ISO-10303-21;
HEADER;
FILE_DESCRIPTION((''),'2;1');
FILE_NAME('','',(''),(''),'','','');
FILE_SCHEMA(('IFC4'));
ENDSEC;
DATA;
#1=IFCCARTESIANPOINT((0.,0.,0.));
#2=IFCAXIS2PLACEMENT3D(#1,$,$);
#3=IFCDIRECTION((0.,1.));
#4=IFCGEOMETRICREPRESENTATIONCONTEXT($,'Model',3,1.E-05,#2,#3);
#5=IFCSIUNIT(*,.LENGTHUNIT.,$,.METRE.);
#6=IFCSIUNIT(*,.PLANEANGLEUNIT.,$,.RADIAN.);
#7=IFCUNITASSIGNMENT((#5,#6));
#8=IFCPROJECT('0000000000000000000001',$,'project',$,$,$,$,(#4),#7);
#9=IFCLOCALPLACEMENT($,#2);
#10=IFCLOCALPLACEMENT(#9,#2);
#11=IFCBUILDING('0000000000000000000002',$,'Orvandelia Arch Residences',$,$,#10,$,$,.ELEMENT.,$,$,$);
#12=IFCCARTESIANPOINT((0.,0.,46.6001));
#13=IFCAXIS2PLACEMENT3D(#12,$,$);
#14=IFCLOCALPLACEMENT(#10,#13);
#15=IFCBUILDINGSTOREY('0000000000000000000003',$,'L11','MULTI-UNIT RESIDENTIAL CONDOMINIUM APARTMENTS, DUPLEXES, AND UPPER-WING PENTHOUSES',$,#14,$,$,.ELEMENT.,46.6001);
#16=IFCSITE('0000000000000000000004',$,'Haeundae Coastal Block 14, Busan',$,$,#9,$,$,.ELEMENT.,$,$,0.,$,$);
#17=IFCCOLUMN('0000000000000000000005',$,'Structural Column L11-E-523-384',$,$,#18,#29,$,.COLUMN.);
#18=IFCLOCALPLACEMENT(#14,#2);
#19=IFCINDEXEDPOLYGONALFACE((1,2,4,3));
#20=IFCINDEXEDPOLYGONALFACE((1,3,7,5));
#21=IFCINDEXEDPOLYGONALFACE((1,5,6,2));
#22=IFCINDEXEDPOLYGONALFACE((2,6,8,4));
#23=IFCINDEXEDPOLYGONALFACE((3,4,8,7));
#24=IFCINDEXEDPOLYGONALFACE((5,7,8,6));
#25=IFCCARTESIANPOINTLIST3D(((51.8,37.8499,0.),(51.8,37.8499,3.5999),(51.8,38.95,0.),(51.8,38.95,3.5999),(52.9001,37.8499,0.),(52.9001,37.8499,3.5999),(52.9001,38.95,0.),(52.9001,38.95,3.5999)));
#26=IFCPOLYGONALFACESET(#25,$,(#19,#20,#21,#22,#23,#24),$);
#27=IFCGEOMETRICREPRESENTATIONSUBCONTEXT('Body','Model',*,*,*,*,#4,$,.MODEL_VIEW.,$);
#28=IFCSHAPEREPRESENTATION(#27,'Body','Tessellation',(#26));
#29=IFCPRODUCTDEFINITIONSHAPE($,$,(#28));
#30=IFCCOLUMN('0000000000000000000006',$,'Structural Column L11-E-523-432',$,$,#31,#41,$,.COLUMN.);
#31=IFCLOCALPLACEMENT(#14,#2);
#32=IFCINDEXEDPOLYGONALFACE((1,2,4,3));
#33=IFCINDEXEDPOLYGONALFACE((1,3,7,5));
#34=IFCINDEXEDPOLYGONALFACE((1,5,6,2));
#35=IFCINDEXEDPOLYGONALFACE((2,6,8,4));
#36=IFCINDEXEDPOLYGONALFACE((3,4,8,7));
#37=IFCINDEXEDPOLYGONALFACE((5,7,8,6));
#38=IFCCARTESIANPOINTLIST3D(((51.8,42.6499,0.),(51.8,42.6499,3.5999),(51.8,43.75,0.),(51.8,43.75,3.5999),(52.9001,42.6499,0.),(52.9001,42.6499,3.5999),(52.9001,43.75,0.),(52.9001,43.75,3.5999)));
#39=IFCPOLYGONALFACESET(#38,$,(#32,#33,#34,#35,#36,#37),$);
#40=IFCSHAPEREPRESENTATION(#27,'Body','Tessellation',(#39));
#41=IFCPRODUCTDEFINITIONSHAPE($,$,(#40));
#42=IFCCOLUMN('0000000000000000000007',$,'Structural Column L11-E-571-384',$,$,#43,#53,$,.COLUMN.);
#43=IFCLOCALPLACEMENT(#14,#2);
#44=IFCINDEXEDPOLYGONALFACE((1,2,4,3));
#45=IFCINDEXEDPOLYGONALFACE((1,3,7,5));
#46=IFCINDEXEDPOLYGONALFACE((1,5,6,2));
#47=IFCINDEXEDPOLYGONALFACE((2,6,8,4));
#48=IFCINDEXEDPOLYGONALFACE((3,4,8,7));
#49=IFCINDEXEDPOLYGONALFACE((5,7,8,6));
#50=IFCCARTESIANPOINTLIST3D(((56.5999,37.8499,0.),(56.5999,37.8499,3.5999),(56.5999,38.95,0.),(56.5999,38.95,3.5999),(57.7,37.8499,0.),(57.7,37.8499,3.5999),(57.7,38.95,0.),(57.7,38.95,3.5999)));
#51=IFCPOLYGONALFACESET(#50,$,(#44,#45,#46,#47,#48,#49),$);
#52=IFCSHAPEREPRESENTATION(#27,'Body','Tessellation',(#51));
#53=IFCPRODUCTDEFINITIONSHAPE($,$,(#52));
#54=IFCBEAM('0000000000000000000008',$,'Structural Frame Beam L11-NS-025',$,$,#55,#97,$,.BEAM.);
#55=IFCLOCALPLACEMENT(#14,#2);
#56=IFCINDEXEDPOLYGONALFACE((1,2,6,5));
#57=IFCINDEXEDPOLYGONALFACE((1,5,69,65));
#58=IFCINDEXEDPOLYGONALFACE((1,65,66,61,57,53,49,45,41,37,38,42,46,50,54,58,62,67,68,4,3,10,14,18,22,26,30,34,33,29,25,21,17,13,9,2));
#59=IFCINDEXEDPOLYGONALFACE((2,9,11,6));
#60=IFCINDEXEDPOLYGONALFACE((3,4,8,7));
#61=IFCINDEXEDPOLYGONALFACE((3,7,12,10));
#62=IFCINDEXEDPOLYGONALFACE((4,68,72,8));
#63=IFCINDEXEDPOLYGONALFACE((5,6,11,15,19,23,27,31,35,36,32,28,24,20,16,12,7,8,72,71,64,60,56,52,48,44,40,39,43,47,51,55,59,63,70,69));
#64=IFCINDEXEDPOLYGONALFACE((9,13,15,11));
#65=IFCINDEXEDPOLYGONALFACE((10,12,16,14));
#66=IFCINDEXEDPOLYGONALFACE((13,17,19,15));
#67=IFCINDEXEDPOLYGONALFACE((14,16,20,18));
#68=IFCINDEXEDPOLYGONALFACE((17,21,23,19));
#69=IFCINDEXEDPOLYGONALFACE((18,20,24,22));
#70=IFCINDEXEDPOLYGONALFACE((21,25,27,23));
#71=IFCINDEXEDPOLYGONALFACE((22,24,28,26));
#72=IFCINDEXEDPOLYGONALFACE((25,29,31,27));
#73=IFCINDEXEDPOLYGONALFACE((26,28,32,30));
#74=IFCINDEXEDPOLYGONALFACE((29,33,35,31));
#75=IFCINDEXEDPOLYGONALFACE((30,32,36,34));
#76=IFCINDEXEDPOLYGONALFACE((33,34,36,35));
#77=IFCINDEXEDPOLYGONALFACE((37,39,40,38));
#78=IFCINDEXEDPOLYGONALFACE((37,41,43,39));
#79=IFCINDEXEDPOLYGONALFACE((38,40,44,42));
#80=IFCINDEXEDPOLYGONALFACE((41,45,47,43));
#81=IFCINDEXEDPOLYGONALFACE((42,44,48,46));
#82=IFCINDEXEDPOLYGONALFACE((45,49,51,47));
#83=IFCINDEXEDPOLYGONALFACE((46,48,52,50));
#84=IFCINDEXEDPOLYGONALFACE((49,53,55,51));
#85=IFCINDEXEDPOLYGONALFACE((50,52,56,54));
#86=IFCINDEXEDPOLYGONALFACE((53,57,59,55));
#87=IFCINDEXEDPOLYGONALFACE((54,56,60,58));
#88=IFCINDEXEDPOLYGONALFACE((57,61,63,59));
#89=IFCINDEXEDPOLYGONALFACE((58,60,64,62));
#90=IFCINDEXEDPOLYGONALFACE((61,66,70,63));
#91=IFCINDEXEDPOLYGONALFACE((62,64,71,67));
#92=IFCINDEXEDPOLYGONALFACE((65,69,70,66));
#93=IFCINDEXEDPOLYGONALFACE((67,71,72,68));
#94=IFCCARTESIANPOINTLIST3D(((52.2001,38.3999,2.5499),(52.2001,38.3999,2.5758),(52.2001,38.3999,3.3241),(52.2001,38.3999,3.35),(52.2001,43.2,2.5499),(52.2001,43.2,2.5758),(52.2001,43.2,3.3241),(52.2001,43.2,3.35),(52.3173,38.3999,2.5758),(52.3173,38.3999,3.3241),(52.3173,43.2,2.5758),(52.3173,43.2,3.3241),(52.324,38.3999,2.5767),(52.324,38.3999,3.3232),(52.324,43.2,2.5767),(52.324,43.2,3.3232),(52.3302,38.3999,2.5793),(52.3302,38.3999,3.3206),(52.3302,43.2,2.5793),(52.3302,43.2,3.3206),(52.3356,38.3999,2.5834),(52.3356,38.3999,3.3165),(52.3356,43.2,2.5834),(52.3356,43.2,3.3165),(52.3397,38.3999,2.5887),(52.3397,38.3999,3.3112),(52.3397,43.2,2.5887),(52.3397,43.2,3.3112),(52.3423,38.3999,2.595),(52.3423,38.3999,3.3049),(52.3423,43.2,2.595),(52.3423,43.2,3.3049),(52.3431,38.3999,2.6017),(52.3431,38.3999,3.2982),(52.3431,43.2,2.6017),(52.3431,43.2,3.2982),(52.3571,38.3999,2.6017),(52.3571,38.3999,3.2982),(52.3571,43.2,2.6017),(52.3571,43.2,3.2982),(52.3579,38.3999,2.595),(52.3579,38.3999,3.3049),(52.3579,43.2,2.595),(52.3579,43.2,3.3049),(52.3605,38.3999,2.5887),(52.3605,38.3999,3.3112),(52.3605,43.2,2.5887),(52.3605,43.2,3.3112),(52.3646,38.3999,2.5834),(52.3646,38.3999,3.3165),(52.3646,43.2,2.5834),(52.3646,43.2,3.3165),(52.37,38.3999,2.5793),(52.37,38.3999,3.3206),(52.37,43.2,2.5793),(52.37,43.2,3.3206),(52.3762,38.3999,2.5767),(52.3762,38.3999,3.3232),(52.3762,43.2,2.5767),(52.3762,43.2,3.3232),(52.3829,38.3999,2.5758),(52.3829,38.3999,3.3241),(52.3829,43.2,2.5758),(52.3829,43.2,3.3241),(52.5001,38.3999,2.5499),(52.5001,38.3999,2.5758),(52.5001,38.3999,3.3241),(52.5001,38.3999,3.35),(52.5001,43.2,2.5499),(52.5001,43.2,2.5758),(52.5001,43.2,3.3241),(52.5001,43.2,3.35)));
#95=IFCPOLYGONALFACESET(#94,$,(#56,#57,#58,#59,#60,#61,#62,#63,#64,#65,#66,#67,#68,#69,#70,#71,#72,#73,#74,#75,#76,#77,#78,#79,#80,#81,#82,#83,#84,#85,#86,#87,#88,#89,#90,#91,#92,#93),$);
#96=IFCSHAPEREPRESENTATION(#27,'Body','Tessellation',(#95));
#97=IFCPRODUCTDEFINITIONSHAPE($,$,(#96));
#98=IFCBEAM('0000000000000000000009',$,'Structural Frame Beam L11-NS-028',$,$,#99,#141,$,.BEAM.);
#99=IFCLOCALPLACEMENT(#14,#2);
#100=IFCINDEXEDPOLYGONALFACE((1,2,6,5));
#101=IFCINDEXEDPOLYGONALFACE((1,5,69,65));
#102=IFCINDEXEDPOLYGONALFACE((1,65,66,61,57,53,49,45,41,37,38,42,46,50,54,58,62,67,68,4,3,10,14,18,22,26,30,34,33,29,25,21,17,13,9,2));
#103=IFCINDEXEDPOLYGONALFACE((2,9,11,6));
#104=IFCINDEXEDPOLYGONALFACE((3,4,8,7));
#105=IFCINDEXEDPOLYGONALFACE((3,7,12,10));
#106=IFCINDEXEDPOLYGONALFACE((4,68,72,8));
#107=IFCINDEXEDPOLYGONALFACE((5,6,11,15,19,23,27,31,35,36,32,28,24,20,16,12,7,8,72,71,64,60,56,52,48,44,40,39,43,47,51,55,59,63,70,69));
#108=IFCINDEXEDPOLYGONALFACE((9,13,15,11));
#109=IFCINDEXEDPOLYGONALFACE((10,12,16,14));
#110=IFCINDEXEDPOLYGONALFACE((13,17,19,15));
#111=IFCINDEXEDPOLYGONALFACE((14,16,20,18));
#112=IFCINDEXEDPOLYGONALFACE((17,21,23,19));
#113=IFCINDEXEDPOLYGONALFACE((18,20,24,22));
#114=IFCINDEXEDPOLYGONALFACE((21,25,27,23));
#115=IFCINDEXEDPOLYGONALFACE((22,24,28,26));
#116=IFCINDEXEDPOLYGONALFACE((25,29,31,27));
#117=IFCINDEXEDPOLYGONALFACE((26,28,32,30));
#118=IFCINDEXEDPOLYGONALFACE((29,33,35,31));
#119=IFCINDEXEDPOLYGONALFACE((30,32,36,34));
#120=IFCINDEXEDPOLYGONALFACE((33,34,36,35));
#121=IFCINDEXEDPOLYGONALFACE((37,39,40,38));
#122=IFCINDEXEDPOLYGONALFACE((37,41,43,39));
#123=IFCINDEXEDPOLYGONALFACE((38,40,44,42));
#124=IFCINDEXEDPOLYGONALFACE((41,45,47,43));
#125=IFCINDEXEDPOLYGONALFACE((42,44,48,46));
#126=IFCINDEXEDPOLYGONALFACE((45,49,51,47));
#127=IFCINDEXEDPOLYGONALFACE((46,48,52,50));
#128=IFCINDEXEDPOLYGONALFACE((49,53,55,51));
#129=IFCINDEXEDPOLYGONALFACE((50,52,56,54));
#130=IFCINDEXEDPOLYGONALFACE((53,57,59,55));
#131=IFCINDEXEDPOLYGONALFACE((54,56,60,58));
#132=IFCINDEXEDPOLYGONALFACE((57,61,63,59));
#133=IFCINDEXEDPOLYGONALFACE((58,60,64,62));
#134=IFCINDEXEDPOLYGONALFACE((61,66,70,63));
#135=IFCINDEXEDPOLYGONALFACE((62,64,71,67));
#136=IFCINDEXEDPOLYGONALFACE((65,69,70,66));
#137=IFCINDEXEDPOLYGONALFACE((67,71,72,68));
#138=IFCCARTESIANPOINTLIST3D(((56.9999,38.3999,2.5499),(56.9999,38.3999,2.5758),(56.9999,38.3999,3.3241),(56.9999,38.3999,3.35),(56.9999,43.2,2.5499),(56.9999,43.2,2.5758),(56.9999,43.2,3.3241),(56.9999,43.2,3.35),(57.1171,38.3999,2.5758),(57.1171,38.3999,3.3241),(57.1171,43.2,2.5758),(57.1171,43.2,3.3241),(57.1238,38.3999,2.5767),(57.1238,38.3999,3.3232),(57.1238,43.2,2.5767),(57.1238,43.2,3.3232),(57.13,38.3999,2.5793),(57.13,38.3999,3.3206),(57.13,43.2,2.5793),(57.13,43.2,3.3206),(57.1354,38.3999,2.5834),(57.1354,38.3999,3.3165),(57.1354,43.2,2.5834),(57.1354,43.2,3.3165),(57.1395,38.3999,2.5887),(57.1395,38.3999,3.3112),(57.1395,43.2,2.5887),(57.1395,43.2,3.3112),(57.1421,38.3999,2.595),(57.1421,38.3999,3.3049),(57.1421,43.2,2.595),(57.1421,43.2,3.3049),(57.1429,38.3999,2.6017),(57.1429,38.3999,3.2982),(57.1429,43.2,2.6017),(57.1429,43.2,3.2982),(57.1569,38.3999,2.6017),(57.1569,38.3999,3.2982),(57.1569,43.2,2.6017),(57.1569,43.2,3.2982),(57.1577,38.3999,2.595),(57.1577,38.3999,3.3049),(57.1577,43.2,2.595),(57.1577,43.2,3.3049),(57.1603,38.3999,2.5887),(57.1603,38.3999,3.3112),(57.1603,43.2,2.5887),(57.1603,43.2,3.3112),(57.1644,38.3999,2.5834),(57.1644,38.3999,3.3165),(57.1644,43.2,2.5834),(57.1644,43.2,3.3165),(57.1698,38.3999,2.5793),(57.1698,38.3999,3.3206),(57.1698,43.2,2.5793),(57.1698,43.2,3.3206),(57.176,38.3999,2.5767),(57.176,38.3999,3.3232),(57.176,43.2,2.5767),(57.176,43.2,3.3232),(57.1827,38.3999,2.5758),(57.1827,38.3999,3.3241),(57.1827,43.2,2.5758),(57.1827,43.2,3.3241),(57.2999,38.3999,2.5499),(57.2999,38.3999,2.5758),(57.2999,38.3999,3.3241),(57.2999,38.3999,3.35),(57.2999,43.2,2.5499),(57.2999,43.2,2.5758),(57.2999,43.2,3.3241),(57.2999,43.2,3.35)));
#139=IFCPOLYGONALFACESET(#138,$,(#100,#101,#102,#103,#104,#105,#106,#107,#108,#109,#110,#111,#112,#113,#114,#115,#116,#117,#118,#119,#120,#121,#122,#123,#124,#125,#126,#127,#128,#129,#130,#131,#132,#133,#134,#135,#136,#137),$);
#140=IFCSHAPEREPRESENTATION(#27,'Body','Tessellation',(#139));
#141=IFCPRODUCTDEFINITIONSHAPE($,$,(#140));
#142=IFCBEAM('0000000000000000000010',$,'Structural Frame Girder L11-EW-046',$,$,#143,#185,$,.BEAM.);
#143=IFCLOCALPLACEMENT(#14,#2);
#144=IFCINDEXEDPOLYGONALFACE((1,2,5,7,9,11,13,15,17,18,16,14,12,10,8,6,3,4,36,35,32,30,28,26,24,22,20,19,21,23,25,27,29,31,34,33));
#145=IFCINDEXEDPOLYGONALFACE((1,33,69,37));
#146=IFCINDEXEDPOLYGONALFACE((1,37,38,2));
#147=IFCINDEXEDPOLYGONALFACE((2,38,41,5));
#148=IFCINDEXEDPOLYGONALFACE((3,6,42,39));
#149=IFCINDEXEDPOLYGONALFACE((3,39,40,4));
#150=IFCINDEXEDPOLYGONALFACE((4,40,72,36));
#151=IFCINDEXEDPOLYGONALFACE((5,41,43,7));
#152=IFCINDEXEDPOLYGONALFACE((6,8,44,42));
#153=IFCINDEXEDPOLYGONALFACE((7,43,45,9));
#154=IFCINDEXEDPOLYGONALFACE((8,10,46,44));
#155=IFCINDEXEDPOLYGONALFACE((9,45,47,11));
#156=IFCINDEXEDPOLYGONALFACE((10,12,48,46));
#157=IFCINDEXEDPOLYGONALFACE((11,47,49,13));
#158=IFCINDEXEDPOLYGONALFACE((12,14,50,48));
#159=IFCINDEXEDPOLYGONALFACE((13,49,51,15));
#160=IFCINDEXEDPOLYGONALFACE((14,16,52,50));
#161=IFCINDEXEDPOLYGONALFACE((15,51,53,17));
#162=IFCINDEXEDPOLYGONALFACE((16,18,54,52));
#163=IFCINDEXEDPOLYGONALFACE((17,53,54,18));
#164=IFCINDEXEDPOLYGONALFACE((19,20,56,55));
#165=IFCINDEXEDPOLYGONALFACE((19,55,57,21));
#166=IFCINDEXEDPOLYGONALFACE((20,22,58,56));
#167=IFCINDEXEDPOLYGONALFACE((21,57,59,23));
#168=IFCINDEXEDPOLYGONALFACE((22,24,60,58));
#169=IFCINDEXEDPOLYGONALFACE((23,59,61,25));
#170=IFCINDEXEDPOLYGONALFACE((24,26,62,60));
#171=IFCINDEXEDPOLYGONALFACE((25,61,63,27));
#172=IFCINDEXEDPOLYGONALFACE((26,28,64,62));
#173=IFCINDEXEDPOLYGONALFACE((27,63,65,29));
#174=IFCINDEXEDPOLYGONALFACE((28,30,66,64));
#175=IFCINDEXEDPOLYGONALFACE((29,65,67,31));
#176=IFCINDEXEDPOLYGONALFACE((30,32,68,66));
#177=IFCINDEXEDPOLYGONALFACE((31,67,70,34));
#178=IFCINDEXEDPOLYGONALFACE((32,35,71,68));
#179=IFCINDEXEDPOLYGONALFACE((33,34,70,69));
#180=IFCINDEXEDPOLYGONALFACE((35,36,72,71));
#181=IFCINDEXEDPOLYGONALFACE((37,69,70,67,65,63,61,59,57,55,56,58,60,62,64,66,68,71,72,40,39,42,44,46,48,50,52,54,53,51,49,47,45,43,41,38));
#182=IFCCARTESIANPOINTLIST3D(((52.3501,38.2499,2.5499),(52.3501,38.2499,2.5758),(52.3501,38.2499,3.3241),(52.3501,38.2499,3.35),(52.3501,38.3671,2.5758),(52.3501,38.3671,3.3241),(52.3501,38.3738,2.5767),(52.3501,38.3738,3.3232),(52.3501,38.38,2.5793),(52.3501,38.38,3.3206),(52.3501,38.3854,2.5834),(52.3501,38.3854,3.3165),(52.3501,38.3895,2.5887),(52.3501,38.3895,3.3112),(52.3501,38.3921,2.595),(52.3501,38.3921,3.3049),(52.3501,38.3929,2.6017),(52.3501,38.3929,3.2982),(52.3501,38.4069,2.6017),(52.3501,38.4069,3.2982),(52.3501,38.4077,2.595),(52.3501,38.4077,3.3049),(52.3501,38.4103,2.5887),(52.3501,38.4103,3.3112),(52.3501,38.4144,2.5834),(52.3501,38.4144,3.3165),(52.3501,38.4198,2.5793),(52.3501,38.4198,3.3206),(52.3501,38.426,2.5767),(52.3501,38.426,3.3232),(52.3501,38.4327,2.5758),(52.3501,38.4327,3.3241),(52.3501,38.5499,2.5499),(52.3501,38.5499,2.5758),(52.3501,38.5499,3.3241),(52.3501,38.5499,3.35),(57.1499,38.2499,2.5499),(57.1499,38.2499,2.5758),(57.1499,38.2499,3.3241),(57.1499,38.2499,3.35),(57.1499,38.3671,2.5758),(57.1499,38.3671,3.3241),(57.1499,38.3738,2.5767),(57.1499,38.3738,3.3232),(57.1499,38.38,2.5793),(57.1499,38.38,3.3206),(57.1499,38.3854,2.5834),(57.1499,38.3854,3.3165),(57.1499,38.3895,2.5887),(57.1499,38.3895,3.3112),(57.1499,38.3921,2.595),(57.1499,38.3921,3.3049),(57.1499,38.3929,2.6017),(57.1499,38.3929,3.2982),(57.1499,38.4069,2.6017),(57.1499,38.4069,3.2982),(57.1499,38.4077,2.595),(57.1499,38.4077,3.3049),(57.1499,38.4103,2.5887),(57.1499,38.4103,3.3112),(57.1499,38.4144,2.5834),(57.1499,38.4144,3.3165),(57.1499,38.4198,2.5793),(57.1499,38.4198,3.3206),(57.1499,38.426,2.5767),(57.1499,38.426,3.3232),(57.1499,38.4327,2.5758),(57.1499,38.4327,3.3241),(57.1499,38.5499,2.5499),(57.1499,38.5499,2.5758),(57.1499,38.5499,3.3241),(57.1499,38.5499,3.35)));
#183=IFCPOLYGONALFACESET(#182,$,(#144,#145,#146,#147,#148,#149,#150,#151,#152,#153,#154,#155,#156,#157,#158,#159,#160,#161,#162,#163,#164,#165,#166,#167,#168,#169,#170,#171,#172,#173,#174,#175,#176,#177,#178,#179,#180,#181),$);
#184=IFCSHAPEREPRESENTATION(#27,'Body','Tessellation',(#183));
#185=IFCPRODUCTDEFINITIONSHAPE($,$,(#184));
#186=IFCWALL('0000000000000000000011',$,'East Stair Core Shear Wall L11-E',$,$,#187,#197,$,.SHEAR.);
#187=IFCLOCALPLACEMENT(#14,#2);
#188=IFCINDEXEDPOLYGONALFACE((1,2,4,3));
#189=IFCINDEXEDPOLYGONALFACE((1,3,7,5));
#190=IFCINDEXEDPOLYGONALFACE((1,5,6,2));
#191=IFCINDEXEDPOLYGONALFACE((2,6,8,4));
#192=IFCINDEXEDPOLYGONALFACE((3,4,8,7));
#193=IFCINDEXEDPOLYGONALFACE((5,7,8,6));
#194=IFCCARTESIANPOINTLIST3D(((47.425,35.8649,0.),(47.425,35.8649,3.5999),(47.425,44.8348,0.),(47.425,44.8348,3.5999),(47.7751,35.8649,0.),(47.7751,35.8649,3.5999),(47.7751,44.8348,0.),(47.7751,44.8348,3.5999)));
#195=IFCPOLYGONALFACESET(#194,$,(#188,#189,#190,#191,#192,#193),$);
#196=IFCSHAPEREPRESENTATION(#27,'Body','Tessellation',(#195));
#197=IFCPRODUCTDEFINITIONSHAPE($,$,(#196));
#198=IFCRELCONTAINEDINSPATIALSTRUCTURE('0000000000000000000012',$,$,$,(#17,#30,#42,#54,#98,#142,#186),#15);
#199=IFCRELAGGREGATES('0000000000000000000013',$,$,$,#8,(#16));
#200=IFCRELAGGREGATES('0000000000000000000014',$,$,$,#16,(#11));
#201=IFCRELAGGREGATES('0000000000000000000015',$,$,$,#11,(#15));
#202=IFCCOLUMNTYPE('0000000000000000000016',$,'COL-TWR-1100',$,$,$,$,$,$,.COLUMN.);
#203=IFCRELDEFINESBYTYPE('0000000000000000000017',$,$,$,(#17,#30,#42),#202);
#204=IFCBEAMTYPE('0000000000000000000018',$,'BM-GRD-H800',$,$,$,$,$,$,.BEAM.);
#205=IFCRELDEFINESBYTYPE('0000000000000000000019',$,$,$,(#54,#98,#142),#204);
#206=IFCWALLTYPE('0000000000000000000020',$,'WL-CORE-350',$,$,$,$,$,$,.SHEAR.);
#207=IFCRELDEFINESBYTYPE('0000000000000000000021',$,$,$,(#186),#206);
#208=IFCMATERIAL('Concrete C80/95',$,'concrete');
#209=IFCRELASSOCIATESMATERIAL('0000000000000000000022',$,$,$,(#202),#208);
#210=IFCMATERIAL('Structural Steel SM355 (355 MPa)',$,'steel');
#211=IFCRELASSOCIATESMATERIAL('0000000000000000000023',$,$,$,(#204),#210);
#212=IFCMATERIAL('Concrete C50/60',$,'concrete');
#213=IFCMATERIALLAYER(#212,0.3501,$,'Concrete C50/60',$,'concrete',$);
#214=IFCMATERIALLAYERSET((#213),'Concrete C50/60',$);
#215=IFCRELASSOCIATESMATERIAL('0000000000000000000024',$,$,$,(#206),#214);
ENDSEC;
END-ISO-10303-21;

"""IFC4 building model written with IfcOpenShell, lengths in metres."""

from ifc_helpers import new_model, si_unit, direction, frame, frame_2d, origin, origin_2d, place, context, subcontext, project, spatial, rectangle, i_section, extrude, material, layer, layer_set, material_profile, profile_set, type_object, element, save


model = new_model("IFC4")

# Units and contexts
model_context = context("Model", 3, precision=1e-05, world=origin(), true_north=direction((0.0, 1.0)))
body_context = subcontext(model_context, "Body", "Model", "MODEL_VIEW")
ifc_project = project(units=[si_unit("LENGTHUNIT", "METRE"), si_unit("PLANEANGLEUNIT", "RADIAN")], contexts=[model_context])

# Site, building, storey
site_placement = place(None, origin())
site = spatial("IfcSite", under=ifc_project, at=site_placement, Name="Haeundae Coastal Block 14, Busan", CompositionType="ELEMENT", RefElevation=0.0)
building_placement = place(site_placement, origin())
building = spatial("IfcBuilding", under=site, at=building_placement, Name="Orvandelia Arch Residences", CompositionType="ELEMENT")
storey_placement = place(building_placement, frame((0.0, 0.0, 46.6001)))
storey = spatial("IfcBuildingStorey", under=building, at=storey_placement, Name="L11", Description="MULTI-UNIT RESIDENTIAL CONDOMINIUM APARTMENTS, DUPLEXES, AND UPPER-WING PENTHOUSES", CompositionType="ELEMENT", Elevation=46.6001)

# Columns
ifc_material_1 = material(Name="Concrete C80/95", Category="concrete")
ifc_material_profile_1 = material_profile(ifc_material_1, rectangle(XDim=1.1001, YDim=1.1001, at=origin_2d()), Name="Concrete C80/95", Category="concrete")
ifc_profile_set_1 = profile_set([ifc_material_profile_1], Name="Concrete C80/95")
column_type = type_object("IfcColumnType", Name="COL-TWR-1100", PredefinedType="COLUMN", material=ifc_profile_set_1)
for number, where, z_axis, x_axis, name in (
    (1, (52.3501, 38.3999, 0.0), (0.0, 0.0, 1.0), (1.0, 0.0, 0.0), "Structural Column L11-E-523-384"),
    (2, (52.3501, 43.2, 0.0), (0.0, 0.0, 1.0), (1.0, 0.0, 0.0), "Structural Column L11-E-523-432"),
    (3, (57.1499, 38.3999, 0.0), (0.0, 0.0, 1.0), (1.0, 0.0, 0.0), "Structural Column L11-E-571-384"),
):
    element("IfcColumn", number, at=place(storey_placement, frame(where, z_axis=z_axis, x_axis=x_axis)), inside=storey, type_object=column_type, Name=name, PredefinedType="COLUMN", context=body_context, shape_type="SweptSolid", body=[
        extrude(rectangle(XDim=1.1001, YDim=1.1001, at=origin_2d()), origin(), (0.0, 0.0, 1.0), 3.5999),
    ])

# Beams
ifc_material_2 = material(Name="Structural Steel SM355 (355 MPa)", Category="steel")
ifc_material_profile_2 = material_profile(ifc_material_2, i_section(OverallWidth=0.3, OverallDepth=0.8, WebThickness=0.0139, FlangeThickness=0.0259, FilletRadius=0.0259, at=origin_2d()), Name="Structural Steel SM355 (355 MPa)", Category="steel")
ifc_profile_set_2 = profile_set([ifc_material_profile_2], Name="Structural Steel SM355 (355 MPa)")
beam_type = type_object("IfcBeamType", Name="BM-GRD-H800", PredefinedType="BEAM", material=ifc_profile_set_2)
for number, where, z_axis, x_axis, name in (
    (4, (52.3501, 38.3999, 2.95), (0.0, 1.0, 0.0), (-1.0, 0.0, 0.0), "Structural Frame Beam L11-NS-025"),
    (5, (57.1499, 38.3999, 2.95), (0.0, 1.0, 0.0), (-1.0, 0.0, 0.0), "Structural Frame Beam L11-NS-028"),
):
    element("IfcBeam", number, at=place(storey_placement, frame(where, z_axis=z_axis, x_axis=x_axis)), inside=storey, type_object=beam_type, Name=name, PredefinedType="BEAM", context=body_context, shape_type="SweptSolid", body=[
        extrude(i_section(OverallWidth=0.3, OverallDepth=0.8, WebThickness=0.0139, FlangeThickness=0.0259, FilletRadius=0.0259, at=origin_2d()), origin(), (0.0, 0.0, 1.0), 4.8),
    ])
beam_placement = place(storey_placement, frame((52.3501, 38.3999, 2.95), z_axis=(1.0, 0.0, 0.0), x_axis=(0.0, 1.0, 0.0)))
element("IfcBeam", 6, at=beam_placement, inside=storey, type_object=beam_type, Name="Structural Frame Girder L11-EW-046", PredefinedType="BEAM", context=body_context, shape_type="SweptSolid", body=[
    extrude(i_section(OverallWidth=0.3, OverallDepth=0.8, WebThickness=0.0139, FlangeThickness=0.0259, FilletRadius=0.0259, at=origin_2d()), origin(), (0.0, 0.0, 1.0), 4.7998),
])

# Wall
ifc_material_3 = material(Name="Concrete C50/60", Category="concrete")
ifc_layer_1 = layer(ifc_material_3, 0.3501, Name="Concrete C50/60", Category="concrete")
ifc_layer_set_1 = layer_set([ifc_layer_1], Name="Concrete C50/60")
wall_type_1 = type_object("IfcWallType", Name="WL-CORE-350", PredefinedType="SHEAR", material=ifc_layer_set_1)
wall_1_placement = place(storey_placement, frame((47.6001, 35.865, 0.0), z_axis=(0.0, 0.0, 1.0), x_axis=(0.0, 1.0, 0.0)))
element("IfcWall", 7, at=wall_1_placement, inside=storey, type_object=wall_type_1, Name="East Stair Core Shear Wall L11-E", PredefinedType="SHEAR", context=body_context, shape_type="SweptSolid", body=[
    extrude(rectangle(XDim=8.97, YDim=0.3501, at=frame_2d((4.4849, 0.0))), origin(), (0.0, 0.0, 1.0), 3.5999),
])

save(model, "model.ifc")
